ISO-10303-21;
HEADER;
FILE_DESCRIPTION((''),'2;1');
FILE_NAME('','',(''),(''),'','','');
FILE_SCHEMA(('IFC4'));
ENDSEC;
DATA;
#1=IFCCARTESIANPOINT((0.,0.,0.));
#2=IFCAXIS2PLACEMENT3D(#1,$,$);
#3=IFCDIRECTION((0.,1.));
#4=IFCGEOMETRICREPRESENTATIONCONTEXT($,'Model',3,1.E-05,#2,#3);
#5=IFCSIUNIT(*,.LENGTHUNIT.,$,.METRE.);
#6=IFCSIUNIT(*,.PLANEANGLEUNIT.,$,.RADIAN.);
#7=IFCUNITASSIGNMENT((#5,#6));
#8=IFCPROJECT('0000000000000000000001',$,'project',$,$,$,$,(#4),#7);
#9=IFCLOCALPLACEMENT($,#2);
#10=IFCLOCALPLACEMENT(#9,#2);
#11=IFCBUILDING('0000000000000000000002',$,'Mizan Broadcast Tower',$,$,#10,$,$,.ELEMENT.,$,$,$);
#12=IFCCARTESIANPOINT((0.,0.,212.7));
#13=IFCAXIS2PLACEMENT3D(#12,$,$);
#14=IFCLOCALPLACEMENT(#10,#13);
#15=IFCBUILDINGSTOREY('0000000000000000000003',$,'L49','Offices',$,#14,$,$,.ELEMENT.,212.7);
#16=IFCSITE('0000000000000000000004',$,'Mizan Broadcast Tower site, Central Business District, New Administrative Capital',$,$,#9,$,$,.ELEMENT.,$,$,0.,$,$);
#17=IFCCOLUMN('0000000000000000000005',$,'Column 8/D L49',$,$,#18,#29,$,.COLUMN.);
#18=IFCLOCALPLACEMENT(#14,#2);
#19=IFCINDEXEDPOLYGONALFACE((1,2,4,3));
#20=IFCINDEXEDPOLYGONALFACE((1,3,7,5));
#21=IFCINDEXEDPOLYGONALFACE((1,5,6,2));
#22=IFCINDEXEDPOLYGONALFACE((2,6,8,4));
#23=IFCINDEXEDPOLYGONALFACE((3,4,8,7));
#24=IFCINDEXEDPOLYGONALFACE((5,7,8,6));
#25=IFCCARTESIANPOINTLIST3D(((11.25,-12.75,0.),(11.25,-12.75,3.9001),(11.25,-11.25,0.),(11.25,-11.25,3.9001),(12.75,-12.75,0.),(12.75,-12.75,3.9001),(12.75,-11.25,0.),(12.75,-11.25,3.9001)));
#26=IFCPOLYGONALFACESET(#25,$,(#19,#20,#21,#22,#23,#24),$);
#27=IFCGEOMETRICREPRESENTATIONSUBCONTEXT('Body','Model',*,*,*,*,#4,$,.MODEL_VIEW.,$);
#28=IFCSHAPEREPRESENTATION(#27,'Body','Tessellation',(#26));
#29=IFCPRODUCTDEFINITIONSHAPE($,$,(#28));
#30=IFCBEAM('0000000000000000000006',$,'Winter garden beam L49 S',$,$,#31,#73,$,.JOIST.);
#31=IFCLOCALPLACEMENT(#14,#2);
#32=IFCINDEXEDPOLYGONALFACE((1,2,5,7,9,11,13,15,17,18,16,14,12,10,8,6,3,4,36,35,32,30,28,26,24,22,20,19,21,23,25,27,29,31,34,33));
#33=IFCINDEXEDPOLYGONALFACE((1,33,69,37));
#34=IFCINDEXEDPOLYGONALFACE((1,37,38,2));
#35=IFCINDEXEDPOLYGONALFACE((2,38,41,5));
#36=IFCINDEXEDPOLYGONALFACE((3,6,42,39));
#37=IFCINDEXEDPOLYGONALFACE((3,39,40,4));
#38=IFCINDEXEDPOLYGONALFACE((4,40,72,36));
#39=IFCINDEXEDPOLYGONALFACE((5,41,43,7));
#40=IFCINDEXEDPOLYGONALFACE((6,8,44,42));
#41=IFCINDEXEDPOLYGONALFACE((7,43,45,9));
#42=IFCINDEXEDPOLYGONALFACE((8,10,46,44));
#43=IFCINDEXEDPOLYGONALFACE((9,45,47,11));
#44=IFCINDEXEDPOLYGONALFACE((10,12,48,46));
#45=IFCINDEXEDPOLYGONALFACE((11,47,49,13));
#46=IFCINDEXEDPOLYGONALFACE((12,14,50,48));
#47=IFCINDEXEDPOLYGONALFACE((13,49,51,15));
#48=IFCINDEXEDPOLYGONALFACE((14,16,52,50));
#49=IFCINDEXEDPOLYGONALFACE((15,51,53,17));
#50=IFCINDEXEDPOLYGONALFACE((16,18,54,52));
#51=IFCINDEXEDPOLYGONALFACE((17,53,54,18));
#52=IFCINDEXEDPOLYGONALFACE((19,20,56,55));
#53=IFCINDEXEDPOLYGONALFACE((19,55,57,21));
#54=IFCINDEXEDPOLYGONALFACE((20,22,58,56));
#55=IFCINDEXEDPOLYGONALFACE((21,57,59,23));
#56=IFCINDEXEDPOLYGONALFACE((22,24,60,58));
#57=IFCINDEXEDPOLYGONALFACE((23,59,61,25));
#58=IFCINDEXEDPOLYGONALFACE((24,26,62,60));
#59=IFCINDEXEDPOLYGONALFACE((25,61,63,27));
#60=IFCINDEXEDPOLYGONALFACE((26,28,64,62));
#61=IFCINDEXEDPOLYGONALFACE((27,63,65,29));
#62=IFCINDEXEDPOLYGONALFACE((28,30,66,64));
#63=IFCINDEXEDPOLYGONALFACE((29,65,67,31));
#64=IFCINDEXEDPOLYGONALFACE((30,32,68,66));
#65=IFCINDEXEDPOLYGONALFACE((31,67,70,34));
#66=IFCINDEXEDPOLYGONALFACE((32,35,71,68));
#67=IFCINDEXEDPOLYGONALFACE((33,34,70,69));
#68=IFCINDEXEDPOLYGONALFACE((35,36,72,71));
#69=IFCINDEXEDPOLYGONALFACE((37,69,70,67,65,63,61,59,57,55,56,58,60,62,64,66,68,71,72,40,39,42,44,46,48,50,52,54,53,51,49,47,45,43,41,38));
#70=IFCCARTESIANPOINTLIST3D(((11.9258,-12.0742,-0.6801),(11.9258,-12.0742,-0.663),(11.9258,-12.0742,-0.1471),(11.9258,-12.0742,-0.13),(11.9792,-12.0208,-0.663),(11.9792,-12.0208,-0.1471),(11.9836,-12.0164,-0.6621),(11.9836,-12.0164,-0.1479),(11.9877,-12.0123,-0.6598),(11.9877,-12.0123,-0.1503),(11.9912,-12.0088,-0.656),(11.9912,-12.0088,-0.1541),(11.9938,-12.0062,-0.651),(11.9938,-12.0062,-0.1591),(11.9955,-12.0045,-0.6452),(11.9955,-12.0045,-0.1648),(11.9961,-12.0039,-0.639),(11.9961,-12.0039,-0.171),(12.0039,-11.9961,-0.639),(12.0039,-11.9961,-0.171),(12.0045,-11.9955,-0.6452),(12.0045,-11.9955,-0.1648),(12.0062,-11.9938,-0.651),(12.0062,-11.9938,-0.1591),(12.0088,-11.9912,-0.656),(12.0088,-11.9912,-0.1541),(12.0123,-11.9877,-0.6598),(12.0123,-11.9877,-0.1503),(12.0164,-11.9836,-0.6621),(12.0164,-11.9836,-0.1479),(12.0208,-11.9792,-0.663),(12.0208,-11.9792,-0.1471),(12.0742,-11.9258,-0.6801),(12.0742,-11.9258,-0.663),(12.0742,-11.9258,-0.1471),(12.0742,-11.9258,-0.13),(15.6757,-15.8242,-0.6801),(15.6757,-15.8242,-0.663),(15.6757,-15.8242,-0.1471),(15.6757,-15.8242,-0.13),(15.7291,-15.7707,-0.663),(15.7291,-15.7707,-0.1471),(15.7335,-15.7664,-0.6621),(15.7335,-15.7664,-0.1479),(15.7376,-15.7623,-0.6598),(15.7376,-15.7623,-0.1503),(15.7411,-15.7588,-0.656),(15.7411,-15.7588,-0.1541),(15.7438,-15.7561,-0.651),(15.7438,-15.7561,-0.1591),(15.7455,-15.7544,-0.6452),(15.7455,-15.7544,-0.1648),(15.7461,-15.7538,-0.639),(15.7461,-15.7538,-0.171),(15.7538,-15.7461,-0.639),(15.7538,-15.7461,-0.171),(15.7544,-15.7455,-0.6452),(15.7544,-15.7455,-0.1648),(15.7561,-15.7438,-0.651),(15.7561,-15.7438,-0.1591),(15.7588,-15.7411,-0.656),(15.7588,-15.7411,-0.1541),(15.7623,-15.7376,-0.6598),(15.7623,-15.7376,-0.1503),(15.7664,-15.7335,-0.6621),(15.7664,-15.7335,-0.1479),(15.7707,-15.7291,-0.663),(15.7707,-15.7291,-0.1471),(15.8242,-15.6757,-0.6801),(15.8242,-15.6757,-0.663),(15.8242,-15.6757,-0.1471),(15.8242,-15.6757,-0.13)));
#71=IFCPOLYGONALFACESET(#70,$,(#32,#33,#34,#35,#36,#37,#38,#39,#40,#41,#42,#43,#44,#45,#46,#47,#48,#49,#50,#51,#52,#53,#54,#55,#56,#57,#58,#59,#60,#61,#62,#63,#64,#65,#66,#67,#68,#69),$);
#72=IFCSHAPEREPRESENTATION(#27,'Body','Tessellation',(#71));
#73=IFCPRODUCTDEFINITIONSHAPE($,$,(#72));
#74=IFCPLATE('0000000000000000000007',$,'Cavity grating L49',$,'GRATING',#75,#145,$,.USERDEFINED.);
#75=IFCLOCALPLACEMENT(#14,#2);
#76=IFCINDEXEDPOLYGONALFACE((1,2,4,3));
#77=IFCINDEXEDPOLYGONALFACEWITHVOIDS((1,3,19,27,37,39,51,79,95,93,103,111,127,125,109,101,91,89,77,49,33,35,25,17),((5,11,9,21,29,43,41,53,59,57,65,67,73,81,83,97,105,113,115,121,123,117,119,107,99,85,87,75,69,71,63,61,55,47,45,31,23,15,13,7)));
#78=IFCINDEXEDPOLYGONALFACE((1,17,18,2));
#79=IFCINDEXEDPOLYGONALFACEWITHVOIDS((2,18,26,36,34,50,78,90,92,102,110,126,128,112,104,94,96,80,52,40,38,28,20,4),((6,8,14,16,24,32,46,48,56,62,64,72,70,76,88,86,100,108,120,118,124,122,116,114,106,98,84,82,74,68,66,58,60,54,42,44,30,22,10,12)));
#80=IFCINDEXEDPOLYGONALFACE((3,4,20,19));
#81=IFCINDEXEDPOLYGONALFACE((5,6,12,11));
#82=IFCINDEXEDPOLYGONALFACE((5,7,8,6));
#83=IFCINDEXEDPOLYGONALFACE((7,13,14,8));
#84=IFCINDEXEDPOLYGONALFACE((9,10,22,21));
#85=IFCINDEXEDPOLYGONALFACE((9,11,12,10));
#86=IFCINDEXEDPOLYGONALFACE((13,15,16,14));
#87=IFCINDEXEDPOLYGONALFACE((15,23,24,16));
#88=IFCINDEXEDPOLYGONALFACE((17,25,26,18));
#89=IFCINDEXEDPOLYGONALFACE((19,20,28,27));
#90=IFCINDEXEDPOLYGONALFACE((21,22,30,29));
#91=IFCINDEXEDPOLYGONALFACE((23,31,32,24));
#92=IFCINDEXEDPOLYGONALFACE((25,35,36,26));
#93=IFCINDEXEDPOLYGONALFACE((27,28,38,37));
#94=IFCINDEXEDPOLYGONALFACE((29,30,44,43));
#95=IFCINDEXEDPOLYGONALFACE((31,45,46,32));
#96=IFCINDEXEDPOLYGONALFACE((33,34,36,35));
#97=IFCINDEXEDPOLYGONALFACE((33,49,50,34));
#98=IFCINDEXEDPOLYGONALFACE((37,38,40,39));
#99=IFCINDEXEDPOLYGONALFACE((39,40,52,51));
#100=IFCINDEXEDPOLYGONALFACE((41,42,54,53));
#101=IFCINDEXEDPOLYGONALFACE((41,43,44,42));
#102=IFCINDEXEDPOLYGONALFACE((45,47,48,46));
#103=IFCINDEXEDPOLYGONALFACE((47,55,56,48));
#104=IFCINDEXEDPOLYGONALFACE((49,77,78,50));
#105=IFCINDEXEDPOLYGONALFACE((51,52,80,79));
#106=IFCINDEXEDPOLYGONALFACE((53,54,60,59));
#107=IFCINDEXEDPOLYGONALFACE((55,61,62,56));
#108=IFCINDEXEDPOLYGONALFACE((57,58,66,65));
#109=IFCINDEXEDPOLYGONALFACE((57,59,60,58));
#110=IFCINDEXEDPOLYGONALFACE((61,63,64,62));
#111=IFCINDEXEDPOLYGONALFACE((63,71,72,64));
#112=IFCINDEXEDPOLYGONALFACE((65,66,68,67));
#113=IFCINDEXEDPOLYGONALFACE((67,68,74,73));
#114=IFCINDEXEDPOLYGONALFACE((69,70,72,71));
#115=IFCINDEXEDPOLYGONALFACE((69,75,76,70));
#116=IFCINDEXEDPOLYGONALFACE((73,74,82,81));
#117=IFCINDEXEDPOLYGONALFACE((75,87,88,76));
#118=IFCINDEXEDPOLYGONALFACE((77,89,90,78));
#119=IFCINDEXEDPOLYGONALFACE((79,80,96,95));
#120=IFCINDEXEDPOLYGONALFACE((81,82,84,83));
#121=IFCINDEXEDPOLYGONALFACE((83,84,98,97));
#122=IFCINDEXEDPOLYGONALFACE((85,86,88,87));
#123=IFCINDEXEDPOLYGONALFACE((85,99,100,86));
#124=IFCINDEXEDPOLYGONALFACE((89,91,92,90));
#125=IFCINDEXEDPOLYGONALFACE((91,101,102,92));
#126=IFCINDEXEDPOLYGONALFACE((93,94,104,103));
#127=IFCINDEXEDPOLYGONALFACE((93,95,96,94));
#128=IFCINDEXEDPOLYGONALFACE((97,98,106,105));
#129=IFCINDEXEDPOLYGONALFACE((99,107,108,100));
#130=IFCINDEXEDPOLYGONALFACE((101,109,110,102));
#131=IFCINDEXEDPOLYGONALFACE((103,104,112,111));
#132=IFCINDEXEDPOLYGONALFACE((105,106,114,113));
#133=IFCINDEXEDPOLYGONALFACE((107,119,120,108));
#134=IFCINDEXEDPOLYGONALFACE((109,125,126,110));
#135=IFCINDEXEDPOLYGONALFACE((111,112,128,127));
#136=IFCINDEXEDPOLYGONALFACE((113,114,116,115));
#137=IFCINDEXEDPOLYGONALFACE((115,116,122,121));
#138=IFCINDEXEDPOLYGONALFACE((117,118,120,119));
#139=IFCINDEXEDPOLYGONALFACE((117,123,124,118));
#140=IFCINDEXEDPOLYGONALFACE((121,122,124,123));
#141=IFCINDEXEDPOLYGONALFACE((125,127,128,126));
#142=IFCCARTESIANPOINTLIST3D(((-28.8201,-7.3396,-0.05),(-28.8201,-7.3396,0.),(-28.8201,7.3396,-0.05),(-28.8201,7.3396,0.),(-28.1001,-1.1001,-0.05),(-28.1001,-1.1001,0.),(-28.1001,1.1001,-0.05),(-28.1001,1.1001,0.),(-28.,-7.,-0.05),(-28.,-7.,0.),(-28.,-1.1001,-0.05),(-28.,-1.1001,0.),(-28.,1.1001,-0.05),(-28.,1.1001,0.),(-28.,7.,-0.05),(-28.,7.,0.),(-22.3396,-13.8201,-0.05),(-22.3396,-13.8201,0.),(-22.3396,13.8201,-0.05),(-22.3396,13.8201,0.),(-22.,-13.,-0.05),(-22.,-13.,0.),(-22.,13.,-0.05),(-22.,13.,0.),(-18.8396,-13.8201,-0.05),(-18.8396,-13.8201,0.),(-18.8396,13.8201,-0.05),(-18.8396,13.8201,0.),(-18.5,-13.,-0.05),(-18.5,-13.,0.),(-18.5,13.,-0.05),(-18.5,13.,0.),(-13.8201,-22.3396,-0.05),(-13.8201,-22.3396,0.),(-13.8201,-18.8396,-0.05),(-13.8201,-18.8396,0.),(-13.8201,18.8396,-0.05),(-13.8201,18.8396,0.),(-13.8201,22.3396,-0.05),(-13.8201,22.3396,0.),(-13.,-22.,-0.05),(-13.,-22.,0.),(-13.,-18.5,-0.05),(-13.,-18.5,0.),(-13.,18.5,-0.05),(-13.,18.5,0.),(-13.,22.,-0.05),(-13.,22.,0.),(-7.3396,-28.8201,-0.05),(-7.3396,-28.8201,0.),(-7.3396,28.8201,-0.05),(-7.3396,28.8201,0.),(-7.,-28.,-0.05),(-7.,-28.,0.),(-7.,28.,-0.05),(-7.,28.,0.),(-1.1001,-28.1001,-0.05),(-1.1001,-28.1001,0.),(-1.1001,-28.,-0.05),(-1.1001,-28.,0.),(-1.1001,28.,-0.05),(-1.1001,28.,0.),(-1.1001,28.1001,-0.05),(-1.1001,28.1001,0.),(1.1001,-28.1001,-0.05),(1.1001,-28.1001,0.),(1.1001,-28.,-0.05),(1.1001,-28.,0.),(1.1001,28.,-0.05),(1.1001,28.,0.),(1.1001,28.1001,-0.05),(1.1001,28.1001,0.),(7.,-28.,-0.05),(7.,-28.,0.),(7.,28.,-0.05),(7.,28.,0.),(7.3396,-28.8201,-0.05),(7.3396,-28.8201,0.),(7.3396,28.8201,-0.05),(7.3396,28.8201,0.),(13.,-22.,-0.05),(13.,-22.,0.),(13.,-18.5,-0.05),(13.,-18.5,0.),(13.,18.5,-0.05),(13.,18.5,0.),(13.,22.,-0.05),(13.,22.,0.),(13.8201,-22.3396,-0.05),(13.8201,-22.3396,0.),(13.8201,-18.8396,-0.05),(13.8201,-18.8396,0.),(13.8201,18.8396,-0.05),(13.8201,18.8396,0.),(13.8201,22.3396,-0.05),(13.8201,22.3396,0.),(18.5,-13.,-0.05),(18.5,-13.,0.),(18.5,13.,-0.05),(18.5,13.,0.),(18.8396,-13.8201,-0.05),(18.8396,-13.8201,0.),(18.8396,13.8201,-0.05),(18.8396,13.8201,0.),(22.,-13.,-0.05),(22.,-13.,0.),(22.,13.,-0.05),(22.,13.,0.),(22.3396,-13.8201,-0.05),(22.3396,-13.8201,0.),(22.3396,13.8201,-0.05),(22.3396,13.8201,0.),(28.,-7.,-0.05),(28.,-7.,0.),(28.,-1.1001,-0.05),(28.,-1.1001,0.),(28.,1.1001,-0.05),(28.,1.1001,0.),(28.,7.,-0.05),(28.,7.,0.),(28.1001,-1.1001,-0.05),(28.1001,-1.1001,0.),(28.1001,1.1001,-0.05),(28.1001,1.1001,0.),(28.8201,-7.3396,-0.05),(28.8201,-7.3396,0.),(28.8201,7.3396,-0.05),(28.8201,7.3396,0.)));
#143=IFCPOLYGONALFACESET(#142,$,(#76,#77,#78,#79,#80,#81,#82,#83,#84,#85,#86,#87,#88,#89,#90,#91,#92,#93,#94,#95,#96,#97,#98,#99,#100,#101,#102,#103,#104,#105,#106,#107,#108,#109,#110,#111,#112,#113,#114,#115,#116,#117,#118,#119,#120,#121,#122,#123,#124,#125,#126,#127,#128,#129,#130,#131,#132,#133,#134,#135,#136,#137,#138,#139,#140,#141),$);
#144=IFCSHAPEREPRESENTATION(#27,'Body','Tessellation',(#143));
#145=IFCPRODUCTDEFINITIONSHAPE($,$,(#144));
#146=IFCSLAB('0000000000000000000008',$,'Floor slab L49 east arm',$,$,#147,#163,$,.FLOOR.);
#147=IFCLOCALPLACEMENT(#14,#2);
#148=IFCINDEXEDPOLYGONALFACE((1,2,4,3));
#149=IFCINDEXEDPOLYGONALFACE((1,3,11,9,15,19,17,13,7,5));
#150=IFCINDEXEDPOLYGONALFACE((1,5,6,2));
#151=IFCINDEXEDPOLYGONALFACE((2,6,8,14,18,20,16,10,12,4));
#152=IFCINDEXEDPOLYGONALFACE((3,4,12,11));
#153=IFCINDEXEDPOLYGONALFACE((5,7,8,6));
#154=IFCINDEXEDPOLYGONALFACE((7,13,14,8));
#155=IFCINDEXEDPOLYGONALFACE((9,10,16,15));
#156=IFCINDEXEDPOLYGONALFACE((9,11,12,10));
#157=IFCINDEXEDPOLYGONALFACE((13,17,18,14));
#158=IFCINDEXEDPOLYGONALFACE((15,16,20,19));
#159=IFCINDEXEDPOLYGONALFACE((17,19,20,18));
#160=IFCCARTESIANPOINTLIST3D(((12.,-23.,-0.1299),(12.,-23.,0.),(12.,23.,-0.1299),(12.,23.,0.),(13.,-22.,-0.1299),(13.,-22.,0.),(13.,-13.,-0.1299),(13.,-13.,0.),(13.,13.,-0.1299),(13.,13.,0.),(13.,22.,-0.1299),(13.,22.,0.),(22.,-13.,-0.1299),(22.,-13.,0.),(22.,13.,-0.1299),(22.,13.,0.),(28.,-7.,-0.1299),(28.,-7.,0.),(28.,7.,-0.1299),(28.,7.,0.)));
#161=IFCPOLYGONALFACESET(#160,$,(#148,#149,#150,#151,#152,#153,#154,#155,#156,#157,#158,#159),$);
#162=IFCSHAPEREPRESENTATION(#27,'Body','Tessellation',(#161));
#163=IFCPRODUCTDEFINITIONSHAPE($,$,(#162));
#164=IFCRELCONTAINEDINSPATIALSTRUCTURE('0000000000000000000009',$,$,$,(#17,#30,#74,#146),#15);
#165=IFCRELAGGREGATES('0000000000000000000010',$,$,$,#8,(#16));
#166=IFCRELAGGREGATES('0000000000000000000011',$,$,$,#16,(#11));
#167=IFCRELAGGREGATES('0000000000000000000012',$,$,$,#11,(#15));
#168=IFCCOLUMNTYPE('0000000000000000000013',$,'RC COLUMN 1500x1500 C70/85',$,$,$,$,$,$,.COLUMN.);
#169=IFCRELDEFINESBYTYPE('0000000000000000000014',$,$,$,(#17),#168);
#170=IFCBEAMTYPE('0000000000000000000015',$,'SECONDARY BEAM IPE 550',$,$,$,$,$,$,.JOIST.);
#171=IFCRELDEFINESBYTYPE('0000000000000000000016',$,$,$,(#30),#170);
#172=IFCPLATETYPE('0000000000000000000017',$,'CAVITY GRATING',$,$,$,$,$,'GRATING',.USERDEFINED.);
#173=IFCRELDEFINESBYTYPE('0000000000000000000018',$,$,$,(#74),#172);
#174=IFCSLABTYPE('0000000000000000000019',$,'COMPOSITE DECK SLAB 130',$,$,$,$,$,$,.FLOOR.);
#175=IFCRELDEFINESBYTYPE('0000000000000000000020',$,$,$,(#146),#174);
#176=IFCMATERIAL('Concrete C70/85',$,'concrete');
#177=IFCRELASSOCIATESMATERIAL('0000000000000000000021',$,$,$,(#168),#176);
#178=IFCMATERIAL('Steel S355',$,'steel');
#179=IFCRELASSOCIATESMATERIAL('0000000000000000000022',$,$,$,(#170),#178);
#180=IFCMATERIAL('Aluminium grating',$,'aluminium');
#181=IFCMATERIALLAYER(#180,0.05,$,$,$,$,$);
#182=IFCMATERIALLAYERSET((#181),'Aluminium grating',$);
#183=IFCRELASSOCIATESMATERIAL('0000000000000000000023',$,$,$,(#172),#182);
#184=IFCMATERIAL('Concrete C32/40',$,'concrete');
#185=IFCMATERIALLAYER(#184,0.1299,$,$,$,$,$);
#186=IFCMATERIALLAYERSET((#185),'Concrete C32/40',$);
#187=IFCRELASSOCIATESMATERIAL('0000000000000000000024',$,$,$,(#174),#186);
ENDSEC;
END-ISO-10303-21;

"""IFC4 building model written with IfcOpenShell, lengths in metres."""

from ifc_helpers import new_model, si_unit, direction, frame, origin, origin_2d, place, context, subcontext, project, spatial, polyline, rectangle, i_section, outline, extrude, material, layer, layer_set, material_profile, profile_set, type_object, element, save


model = new_model("IFC4")

# Units and contexts
model_context = context("Model", 3, precision=1e-05, world=origin(), true_north=direction((0.0, 1.0)))
body_context = subcontext(model_context, "Body", "Model", "MODEL_VIEW")
ifc_project = project(units=[si_unit("LENGTHUNIT", "METRE"), si_unit("PLANEANGLEUNIT", "RADIAN")], contexts=[model_context])

# Site, building, storey
site_placement = place(None, origin())
site = spatial("IfcSite", under=ifc_project, at=site_placement, Name="Mizan Broadcast Tower site, Central Business District, New Administrative Capital", CompositionType="ELEMENT", RefElevation=0.0)
building_placement = place(site_placement, origin())
building = spatial("IfcBuilding", under=site, at=building_placement, Name="Mizan Broadcast Tower", CompositionType="ELEMENT")
storey_placement = place(building_placement, frame((0.0, 0.0, 212.7)))
storey = spatial("IfcBuildingStorey", under=building, at=storey_placement, Name="L49", Description="Offices", CompositionType="ELEMENT", Elevation=212.7)

# Column
ifc_material_1 = material(Name="Concrete C70/85", Category="concrete")
ifc_material_profile_1 = material_profile(ifc_material_1, rectangle(XDim=1.5, YDim=1.5, at=origin_2d()), Name="RC 1500x1500")
ifc_profile_set_1 = profile_set([ifc_material_profile_1], Name="Concrete C70/85")
column_type = type_object("IfcColumnType", Name="RC COLUMN 1500x1500 C70/85", PredefinedType="COLUMN", material=ifc_profile_set_1)
column_placement = place(storey_placement, frame((12.0, -12.0, 0.0), z_axis=(0.0, 0.0, 1.0), x_axis=(1.0, 0.0, 0.0)))
element("IfcColumn", 1, at=column_placement, inside=storey, type_object=column_type, Name="Column 8/D L49", PredefinedType="COLUMN", context=body_context, shape_type="SweptSolid", body=[
    extrude(rectangle(XDim=1.5, YDim=1.5, at=origin_2d()), origin(), (0.0, 0.0, 1.0), 3.9001),
])

# Beam
ifc_material_2 = material(Name="Steel S355", Category="steel")
ifc_material_profile_2 = material_profile(ifc_material_2, i_section(OverallWidth=0.21, OverallDepth=0.55, WebThickness=0.011, FlangeThickness=0.0171, FilletRadius=0.0239, at=origin_2d()), Name="IPE 550")
ifc_profile_set_2 = profile_set([ifc_material_profile_2], Name="Steel S355")
beam_type = type_object("IfcBeamType", Name="SECONDARY BEAM IPE 550", PredefinedType="JOIST", material=ifc_profile_set_2)
beam_placement = place(storey_placement, frame((12.0, -12.0, -0.405), z_axis=(0.707107, -0.707107, 0.0), x_axis=(0.707107, 0.707107, 0.0)))
element("IfcBeam", 2, at=beam_placement, inside=storey, type_object=beam_type, Name="Winter garden beam L49 S", PredefinedType="JOIST", context=body_context, shape_type="SweptSolid", body=[
    extrude(i_section(OverallWidth=0.21, OverallDepth=0.55, WebThickness=0.011, FlangeThickness=0.0171, FilletRadius=0.0239, at=origin_2d()), origin(), (0.0, 0.0, 1.0), 5.3032),
])

# Plate
ifc_material_3 = material(Name="Aluminium grating", Category="aluminium")
ifc_layer_1 = layer(ifc_material_3, 0.05)
ifc_layer_set_1 = layer_set([ifc_layer_1], Name="Aluminium grating")
plate_type = type_object("IfcPlateType", Name="CAVITY GRATING", ElementType="GRATING", PredefinedType="USERDEFINED", material=ifc_layer_set_1)
plate_placement = place(storey_placement, frame((0.0, 0.0, -0.05)))
element("IfcPlate", 3, at=plate_placement, inside=storey, type_object=plate_type, Name="Cavity grating L49", ObjectType="GRATING", PredefinedType="USERDEFINED", context=body_context, shape_type="SweptSolid", body=[
    extrude(outline(polyline([(13.8201, -18.8396), (18.8396, -13.8201), (22.3396, -13.8201), (28.8201, -7.3396), (28.8201, 7.3396), (22.3396, 13.8201), (18.8396, 13.8201), (13.8201, 18.8396), (13.8201, 22.3396), (7.3396, 28.8201), (-7.3396, 28.8201), (-13.8201, 22.3396), (-13.8201, 18.8396), (-18.8396, 13.8201), (-22.3396, 13.8201), (-28.8201, 7.3396), (-28.8201, -7.3396), (-22.3396, -13.8201), (-18.8396, -13.8201), (-13.8201, -18.8396), (-13.8201, -22.3396), (-7.3396, -28.8201), (7.3396, -28.8201), (13.8201, -22.3396), (13.8201, -18.8396)]), holes=[polyline([(28.0, -1.1001), (28.0, -7.0), (22.0, -13.0), (18.5, -13.0), (13.0, -18.5), (13.0, -22.0), (7.0, -28.0), (1.1001, -28.0), (1.1001, -28.1001), (-1.1001, -28.1001), (-1.1001, -28.0), (-7.0, -28.0), (-13.0, -22.0), (-13.0, -18.5), (-18.5, -13.0), (-22.0, -13.0), (-28.0, -7.0), (-28.0, -1.1001), (-28.1001, -1.1001), (-28.1001, 1.1001), (-28.0, 1.1001), (-28.0, 7.0), (-22.0, 13.0), (-18.5, 13.0), (-13.0, 18.5), (-13.0, 22.0), (-7.0, 28.0), (-1.1001, 28.0), (-1.1001, 28.1001), (1.1001, 28.1001), (1.1001, 28.0), (7.0, 28.0), (13.0, 22.0), (13.0, 18.5), (18.5, 13.0), (22.0, 13.0), (28.0, 7.0), (28.0, 1.1001), (28.1001, 1.1001), (28.1001, -1.1001), (28.0, -1.1001)])]), origin(), (0.0, 0.0, 1.0), 0.05),
])

# Slab
ifc_material_4 = material(Name="Concrete C32/40", Category="concrete")
ifc_layer_2 = layer(ifc_material_4, 0.1299)
ifc_layer_set_2 = layer_set([ifc_layer_2], Name="Concrete C32/40")
slab_type_1 = type_object("IfcSlabType", Name="COMPOSITE DECK SLAB 130", PredefinedType="FLOOR", material=ifc_layer_set_2)
slab_1_placement = place(storey_placement, frame((0.0, 0.0, -0.1299)))
element("IfcSlab", 4, at=slab_1_placement, inside=storey, type_object=slab_type_1, Name="Floor slab L49 east arm", PredefinedType="FLOOR", context=body_context, shape_type="SweptSolid", body=[
    extrude(outline(polyline([(13.0, 22.0), (12.0, 23.0), (12.0, -23.0), (13.0, -22.0), (13.0, -13.0), (22.0, -13.0), (28.0, -7.0), (28.0, 7.0), (22.0, 13.0), (13.0, 13.0), (13.0, 22.0)])), origin(), (0.0, 0.0, 1.0), 0.1299),
])

save(model, "model.ifc")
